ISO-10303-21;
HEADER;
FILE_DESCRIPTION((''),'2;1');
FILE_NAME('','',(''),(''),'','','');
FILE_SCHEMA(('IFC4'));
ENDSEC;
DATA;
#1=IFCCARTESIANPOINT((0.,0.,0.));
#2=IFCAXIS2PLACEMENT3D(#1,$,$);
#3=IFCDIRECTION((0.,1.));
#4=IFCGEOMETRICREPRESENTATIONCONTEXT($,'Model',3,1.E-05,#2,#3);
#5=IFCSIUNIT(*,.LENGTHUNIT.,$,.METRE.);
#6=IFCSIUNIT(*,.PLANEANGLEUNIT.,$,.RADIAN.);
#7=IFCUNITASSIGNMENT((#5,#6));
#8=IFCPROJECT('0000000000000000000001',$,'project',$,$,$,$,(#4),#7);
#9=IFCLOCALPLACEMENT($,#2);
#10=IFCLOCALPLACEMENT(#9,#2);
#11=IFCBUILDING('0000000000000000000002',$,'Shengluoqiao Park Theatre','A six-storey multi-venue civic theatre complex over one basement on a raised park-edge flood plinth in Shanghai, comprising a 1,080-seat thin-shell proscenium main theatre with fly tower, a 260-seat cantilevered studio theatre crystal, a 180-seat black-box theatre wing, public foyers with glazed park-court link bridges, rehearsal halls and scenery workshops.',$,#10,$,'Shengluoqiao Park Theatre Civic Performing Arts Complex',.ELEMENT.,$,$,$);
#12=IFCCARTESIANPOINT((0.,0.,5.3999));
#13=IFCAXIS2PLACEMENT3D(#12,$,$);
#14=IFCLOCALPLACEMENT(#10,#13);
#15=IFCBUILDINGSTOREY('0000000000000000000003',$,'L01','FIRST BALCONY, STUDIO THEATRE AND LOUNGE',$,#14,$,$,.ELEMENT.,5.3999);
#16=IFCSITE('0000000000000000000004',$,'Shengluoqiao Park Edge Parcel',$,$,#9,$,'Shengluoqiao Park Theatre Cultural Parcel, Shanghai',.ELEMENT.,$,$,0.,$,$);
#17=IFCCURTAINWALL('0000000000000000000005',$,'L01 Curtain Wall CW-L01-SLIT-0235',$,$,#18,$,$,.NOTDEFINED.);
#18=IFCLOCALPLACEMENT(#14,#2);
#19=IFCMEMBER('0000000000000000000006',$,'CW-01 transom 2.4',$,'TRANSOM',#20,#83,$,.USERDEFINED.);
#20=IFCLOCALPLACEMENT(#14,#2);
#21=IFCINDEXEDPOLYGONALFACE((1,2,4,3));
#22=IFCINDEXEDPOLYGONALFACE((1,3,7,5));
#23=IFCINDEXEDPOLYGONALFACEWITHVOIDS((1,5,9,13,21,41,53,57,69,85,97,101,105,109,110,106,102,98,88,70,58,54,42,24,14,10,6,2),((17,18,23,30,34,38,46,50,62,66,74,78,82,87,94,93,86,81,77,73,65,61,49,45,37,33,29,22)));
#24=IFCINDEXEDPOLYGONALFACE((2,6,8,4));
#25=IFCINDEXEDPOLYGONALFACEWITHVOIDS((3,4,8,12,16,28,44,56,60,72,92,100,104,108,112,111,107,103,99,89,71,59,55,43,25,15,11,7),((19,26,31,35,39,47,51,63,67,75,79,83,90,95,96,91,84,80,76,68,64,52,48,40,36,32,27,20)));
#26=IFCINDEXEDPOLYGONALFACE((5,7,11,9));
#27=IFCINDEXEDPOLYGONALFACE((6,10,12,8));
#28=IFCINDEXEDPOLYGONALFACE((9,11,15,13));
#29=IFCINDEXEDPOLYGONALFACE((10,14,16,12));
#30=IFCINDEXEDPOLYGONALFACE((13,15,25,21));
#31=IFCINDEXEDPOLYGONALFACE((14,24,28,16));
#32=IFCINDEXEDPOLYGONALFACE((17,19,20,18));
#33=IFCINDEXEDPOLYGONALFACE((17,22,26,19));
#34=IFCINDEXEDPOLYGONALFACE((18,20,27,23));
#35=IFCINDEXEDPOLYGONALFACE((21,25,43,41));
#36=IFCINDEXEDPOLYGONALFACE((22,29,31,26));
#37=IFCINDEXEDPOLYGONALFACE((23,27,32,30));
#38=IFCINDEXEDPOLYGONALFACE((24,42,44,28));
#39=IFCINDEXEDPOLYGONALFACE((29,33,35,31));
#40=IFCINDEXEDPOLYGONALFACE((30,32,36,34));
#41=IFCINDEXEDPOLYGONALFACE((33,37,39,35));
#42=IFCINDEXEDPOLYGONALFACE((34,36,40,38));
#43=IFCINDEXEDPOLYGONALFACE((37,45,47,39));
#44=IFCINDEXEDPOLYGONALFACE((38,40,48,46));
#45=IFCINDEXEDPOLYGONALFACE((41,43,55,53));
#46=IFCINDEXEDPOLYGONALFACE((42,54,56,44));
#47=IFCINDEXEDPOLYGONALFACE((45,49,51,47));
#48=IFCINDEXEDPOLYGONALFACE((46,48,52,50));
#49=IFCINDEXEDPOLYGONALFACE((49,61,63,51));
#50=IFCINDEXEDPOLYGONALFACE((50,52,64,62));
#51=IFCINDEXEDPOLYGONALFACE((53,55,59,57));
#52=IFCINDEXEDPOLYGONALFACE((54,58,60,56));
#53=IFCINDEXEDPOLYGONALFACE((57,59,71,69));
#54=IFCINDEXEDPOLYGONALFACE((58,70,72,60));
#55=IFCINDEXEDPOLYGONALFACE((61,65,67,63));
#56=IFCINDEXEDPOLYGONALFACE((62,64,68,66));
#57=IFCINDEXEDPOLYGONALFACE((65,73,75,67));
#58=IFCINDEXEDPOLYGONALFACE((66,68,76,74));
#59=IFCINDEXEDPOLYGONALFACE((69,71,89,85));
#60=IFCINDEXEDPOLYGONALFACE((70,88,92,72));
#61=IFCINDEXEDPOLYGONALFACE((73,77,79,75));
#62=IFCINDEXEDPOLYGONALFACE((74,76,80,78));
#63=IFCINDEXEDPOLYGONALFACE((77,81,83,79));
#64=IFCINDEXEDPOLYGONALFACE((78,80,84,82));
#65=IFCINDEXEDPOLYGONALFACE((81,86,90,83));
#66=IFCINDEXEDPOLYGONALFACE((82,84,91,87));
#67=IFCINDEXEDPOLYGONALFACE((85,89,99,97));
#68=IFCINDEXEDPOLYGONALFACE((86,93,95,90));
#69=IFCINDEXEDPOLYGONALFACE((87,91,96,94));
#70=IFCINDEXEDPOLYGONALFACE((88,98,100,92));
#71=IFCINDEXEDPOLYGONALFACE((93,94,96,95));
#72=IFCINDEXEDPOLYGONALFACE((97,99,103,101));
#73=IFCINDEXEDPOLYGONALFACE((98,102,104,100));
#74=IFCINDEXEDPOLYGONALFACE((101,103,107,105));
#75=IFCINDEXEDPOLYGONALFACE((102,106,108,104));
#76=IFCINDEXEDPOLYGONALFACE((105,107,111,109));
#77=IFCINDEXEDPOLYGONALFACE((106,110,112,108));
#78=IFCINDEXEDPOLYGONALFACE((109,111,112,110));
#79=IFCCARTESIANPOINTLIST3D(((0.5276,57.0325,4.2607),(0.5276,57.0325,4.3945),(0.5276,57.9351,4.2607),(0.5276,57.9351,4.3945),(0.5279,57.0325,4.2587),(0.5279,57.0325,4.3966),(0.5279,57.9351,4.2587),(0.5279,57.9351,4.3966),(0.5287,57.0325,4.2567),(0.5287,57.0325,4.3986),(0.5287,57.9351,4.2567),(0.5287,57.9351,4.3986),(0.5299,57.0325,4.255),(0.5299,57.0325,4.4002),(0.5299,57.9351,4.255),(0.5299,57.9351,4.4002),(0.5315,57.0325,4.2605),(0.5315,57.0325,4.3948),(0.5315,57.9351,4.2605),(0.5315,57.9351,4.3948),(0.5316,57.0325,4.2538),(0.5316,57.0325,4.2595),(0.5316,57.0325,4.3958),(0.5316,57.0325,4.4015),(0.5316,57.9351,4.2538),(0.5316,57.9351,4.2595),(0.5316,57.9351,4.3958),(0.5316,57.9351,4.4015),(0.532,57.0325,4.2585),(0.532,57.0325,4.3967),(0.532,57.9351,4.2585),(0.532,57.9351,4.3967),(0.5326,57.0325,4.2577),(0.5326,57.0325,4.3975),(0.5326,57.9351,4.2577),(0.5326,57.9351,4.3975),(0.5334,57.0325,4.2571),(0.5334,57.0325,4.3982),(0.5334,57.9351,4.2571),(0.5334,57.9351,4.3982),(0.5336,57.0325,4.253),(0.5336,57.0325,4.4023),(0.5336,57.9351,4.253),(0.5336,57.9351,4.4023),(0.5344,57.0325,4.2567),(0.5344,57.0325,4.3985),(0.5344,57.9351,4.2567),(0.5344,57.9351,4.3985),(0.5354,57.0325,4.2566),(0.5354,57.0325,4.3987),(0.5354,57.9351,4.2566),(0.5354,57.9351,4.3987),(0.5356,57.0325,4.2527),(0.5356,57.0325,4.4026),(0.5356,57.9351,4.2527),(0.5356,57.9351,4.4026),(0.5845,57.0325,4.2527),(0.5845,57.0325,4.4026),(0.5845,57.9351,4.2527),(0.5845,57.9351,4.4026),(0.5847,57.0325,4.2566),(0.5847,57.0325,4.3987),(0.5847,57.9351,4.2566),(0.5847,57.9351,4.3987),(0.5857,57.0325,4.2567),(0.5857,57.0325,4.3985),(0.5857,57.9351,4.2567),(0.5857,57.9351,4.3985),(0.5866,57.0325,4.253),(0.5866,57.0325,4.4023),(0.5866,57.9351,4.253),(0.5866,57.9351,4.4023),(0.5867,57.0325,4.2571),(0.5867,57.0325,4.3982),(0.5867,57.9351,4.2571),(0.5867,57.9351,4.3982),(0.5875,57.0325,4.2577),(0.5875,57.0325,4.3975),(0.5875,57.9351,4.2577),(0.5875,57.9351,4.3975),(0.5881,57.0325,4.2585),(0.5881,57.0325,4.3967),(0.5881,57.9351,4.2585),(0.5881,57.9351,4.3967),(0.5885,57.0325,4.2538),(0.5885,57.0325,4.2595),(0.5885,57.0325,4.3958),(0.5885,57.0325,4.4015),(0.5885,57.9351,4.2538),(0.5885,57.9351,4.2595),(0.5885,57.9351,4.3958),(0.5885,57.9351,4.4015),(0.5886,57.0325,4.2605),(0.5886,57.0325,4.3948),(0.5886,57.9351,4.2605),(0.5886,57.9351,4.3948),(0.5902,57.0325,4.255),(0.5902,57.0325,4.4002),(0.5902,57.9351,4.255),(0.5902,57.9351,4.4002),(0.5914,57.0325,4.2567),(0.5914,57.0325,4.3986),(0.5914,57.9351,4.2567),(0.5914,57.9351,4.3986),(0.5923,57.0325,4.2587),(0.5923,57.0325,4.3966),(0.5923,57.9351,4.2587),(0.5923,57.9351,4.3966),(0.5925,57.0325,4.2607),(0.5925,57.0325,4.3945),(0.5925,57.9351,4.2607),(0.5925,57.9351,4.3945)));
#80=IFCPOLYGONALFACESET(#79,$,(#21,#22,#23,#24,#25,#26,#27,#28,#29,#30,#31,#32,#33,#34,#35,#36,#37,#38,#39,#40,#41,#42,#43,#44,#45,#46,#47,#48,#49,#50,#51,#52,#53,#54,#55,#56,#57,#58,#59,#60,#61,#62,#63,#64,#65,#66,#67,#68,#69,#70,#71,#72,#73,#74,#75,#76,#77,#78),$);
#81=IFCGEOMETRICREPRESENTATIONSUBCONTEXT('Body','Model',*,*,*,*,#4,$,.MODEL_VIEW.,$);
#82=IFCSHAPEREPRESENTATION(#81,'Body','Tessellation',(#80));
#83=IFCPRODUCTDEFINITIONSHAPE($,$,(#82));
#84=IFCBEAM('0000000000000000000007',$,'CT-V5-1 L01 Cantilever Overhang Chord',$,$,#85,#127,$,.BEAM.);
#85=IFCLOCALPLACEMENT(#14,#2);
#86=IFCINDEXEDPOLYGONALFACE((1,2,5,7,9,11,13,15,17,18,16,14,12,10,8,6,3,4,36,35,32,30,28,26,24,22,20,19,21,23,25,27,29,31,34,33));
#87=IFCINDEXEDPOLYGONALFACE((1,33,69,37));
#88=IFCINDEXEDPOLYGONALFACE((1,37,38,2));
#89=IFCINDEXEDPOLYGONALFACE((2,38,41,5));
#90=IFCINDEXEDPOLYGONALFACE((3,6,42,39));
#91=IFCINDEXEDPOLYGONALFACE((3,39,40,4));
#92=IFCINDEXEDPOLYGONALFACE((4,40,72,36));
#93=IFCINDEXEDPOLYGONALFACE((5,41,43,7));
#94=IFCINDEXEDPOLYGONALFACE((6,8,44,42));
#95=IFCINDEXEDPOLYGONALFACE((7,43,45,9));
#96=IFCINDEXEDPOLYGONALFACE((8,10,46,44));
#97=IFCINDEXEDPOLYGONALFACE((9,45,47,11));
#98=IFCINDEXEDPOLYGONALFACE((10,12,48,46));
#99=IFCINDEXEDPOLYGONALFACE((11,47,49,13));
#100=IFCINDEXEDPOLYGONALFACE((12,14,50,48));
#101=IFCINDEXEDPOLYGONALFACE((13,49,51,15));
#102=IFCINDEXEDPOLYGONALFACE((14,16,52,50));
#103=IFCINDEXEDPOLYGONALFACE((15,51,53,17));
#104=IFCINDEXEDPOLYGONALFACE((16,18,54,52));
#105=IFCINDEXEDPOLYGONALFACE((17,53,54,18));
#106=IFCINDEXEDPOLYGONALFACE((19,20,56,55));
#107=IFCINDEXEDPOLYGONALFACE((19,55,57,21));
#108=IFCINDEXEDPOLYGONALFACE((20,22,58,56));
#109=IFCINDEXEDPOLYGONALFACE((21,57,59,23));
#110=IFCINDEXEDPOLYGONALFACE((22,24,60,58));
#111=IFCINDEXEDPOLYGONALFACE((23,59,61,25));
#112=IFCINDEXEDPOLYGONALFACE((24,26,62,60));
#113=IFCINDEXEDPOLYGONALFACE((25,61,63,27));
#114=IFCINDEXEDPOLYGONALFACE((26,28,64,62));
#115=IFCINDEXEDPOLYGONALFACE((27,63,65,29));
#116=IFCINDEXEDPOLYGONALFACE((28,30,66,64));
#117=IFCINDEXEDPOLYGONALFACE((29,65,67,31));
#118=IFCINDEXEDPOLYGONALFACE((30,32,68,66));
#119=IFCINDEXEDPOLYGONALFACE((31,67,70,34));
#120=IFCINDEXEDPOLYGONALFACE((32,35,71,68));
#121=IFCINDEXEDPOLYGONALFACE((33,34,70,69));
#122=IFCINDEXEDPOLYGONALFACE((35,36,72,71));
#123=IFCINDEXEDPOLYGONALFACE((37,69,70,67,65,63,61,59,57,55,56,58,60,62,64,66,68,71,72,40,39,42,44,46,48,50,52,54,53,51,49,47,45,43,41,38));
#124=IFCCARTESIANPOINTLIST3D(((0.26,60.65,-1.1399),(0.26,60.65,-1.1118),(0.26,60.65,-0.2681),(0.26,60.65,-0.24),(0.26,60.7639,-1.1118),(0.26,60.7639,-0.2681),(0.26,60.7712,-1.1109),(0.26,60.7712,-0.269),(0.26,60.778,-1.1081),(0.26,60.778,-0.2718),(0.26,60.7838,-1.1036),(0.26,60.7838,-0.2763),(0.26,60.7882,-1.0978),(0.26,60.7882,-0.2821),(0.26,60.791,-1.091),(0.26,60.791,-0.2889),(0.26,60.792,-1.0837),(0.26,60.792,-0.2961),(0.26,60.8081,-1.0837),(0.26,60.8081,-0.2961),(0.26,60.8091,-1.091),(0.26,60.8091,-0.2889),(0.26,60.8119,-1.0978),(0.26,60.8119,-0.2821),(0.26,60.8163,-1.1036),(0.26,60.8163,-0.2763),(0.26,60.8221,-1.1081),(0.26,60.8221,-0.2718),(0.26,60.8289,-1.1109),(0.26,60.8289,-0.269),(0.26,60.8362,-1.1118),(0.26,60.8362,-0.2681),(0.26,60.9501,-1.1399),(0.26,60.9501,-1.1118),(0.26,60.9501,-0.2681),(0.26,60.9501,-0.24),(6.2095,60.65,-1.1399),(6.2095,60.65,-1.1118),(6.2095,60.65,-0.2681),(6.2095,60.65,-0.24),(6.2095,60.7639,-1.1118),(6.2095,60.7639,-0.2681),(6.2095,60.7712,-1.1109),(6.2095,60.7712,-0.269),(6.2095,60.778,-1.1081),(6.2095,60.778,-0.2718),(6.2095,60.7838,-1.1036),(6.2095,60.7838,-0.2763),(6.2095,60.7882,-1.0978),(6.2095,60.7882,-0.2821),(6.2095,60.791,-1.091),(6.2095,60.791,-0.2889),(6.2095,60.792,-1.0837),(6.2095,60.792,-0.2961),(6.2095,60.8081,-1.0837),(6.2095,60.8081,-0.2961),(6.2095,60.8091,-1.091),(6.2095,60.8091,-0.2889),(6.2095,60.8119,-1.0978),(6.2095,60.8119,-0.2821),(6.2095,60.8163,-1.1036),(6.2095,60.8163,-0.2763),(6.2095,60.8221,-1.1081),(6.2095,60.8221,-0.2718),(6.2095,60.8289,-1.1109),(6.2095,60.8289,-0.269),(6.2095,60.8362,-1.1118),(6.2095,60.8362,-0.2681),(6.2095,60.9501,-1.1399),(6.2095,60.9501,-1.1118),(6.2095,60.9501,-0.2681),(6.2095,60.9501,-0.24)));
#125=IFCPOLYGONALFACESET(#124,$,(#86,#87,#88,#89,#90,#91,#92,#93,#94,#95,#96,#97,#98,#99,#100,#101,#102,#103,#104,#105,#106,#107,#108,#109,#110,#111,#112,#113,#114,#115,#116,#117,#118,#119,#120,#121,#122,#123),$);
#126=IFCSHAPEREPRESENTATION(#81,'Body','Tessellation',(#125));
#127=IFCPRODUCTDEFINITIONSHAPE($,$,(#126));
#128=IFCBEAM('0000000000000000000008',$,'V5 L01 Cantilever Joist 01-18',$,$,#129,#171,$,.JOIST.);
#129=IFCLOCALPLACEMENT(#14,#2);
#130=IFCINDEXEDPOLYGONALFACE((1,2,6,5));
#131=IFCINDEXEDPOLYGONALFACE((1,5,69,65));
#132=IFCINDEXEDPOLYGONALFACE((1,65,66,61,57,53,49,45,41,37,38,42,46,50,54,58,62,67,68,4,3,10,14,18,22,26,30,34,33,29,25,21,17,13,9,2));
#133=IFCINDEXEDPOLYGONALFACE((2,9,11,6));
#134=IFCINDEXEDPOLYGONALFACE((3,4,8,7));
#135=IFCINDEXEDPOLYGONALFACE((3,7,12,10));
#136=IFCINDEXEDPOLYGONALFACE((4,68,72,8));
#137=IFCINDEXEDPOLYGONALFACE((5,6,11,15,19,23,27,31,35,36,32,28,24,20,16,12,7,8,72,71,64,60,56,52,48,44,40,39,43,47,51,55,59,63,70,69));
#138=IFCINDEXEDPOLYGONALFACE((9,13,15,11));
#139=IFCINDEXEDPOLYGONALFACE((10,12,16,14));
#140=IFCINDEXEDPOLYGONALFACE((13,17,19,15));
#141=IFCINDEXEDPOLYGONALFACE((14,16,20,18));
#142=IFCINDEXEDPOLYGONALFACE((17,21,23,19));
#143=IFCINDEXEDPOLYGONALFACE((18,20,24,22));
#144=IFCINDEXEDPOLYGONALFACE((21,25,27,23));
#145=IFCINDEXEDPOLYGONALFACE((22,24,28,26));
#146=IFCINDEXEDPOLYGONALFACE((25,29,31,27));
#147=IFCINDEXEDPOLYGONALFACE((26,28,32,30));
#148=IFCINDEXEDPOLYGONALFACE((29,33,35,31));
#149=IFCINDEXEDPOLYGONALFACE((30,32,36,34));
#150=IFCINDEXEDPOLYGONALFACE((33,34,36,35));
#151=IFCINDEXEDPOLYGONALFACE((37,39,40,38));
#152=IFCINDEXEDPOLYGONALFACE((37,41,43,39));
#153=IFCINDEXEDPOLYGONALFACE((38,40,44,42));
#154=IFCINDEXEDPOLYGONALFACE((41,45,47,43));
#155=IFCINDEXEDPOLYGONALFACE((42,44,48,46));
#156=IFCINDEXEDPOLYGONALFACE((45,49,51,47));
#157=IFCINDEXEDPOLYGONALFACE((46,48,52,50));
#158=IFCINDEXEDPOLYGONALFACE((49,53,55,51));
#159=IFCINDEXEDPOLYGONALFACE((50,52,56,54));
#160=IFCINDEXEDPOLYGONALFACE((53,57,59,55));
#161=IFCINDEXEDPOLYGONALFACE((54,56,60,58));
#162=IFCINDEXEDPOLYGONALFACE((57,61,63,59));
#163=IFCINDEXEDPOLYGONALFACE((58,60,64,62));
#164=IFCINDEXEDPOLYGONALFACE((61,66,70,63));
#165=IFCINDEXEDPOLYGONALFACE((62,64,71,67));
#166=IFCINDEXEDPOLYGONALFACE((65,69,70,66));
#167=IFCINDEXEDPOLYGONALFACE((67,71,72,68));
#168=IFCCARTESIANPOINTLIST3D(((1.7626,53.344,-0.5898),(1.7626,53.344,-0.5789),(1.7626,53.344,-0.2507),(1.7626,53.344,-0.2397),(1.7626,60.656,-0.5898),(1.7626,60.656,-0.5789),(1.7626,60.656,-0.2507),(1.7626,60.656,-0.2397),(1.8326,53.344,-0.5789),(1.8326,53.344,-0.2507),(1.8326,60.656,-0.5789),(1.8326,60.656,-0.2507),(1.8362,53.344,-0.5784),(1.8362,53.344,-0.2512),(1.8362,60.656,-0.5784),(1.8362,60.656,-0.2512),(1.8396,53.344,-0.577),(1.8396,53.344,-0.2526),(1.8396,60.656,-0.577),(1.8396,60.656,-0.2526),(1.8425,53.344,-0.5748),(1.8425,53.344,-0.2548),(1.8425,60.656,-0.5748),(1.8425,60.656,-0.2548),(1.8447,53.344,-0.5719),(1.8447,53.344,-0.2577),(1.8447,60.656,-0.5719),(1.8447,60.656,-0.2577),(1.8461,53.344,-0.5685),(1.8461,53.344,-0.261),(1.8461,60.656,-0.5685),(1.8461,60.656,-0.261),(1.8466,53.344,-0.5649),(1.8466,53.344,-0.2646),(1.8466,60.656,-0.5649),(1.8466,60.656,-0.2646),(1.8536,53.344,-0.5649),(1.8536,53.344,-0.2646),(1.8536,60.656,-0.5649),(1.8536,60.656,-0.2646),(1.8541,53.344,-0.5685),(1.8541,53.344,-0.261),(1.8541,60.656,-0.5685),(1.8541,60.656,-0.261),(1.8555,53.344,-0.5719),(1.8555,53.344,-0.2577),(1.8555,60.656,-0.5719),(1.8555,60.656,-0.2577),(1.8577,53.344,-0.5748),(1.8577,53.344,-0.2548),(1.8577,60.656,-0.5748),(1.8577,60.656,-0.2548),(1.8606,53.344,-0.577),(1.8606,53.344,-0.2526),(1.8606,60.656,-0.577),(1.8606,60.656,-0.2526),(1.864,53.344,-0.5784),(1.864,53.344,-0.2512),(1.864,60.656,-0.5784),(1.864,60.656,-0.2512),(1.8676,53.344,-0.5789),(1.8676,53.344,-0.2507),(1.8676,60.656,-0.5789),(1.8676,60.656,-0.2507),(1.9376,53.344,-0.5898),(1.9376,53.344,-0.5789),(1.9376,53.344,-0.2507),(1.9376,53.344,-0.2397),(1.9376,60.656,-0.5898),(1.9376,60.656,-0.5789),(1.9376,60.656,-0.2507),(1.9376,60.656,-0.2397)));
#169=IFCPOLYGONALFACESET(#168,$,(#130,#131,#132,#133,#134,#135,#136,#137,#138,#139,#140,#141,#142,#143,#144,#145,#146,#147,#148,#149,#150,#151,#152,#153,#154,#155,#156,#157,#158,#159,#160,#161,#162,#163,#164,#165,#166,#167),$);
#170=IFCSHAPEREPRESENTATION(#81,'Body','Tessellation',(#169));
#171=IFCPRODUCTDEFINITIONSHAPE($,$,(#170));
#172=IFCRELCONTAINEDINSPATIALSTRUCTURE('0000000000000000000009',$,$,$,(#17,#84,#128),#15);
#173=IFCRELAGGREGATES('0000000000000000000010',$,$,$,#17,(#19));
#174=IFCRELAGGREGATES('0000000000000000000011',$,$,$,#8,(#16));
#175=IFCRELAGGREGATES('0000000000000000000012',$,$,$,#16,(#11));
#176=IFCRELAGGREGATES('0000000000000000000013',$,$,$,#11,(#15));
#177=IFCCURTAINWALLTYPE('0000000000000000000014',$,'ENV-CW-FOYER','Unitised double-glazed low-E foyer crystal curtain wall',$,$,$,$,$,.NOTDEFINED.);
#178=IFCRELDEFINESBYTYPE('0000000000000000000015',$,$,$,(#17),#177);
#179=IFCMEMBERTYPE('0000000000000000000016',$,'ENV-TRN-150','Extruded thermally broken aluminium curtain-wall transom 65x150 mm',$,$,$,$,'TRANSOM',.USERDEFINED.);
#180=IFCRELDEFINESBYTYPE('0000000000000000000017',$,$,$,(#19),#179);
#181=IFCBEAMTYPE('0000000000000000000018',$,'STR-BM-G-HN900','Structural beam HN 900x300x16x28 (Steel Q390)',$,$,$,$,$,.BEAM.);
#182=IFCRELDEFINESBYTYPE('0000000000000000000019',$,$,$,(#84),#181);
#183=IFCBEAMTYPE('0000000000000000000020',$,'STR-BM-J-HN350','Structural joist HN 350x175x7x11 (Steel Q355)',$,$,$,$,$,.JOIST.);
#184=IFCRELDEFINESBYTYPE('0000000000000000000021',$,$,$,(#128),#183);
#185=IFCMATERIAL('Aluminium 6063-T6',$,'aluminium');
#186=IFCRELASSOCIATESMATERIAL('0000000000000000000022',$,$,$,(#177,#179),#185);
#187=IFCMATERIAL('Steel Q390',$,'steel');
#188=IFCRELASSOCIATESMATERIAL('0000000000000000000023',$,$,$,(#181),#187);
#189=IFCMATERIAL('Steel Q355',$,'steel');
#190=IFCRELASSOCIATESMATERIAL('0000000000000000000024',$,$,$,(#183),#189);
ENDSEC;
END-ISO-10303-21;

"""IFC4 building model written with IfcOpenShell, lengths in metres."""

from ifc_helpers import new_model, si_unit, direction, frame, origin, origin_2d, place, context, subcontext, project, spatial, hollow_rectangle, i_section, extrude, material, material_profile, profile_set, type_object, element, aggregate, save


model = new_model("IFC4")

# Units and contexts
model_context = context("Model", 3, precision=1e-05, world=origin(), true_north=direction((0.0, 1.0)))
body_context = subcontext(model_context, "Body", "Model", "MODEL_VIEW")
ifc_project = project(units=[si_unit("LENGTHUNIT", "METRE"), si_unit("PLANEANGLEUNIT", "RADIAN")], contexts=[model_context])

# Site, building, storey
site_placement = place(None, origin())
site = spatial("IfcSite", under=ifc_project, at=site_placement, Name="Shengluoqiao Park Edge Parcel", LongName="Shengluoqiao Park Theatre Cultural Parcel, Shanghai", CompositionType="ELEMENT", RefElevation=0.0)
building_placement = place(site_placement, origin())
building = spatial("IfcBuilding", under=site, at=building_placement, Name="Shengluoqiao Park Theatre", Description="A six-storey multi-venue civic theatre complex over one basement on a raised park-edge flood plinth in Shanghai, comprising a 1,080-seat thin-shell proscenium main theatre with fly tower, a 260-seat cantilevered studio theatre crystal, a 180-seat black-box theatre wing, public foyers with glazed park-court link bridges, rehearsal halls and scenery workshops.", LongName="Shengluoqiao Park Theatre Civic Performing Arts Complex", CompositionType="ELEMENT")
storey_placement = place(building_placement, frame((0.0, 0.0, 5.3999)))
storey = spatial("IfcBuildingStorey", under=building, at=storey_placement, Name="L01", Description="FIRST BALCONY, STUDIO THEATRE AND LOUNGE", CompositionType="ELEMENT", Elevation=5.3999)

# Curtain wall, member
ifc_material_1 = material(Name="Aluminium 6063-T6", Category="aluminium")
curtain_wall_type = type_object("IfcCurtainWallType", Name="ENV-CW-FOYER", Description="Unitised double-glazed low-E foyer crystal curtain wall", PredefinedType="NOTDEFINED", material=ifc_material_1)
curtain_wall_placement = place(storey_placement, origin())
curtain_wall = element("IfcCurtainWall", 1, at=curtain_wall_placement, inside=storey, type_object=curtain_wall_type, Name="L01 Curtain Wall CW-L01-SLIT-0235", PredefinedType="NOTDEFINED")
ifc_material_profile_1 = material_profile(ifc_material_1, hollow_rectangle(XDim=0.0649, YDim=0.1499, WallThickness=0.0039, InnerFilletRadius=0.0039, OuterFilletRadius=0.0081, at=origin_2d()), Name="ALU TRANSOM 150x65x4")
ifc_profile_set_1 = profile_set([ifc_material_profile_1], Name="Aluminium 6063-T6")
member_type_1 = type_object("IfcMemberType", Name="ENV-TRN-150", Description="Extruded thermally broken aluminium curtain-wall transom 65x150 mm", ElementType="TRANSOM", PredefinedType="USERDEFINED", material=ifc_profile_set_1)
member_1_placement = place(storey_placement, frame((0.5601, 57.0325, 4.3276), z_axis=(0.0, 1.0, 0.0), x_axis=(-1.0, 0.0, 0.0)))
member_1 = element("IfcMember", 2, at=member_1_placement, type_object=member_type_1, Name="CW-01 transom 2.4", ObjectType="TRANSOM", PredefinedType="USERDEFINED", context=body_context, shape_type="SweptSolid", body=[
    extrude(hollow_rectangle(XDim=0.0649, YDim=0.1499, WallThickness=0.0039, InnerFilletRadius=0.0039, OuterFilletRadius=0.0081, at=origin_2d()), origin(), (0.0, 0.0, 1.0), 0.9026),
])

# Beams
ifc_material_2 = material(Name="Steel Q390", Category="steel")
ifc_material_profile_2 = material_profile(ifc_material_2, i_section(OverallWidth=0.3, OverallDepth=0.8999, WebThickness=0.0161, FlangeThickness=0.0281, FilletRadius=0.0281, at=origin_2d()), Name="HN 900x300x16x28")
ifc_profile_set_2 = profile_set([ifc_material_profile_2], Name="Steel Q390")
beam_type_1 = type_object("IfcBeamType", Name="STR-BM-G-HN900", Description="Structural beam HN 900x300x16x28 (Steel Q390)", PredefinedType="BEAM", material=ifc_profile_set_2)
beam_1_placement = place(storey_placement, frame((0.26, 60.8, -0.6899), z_axis=(1.0, 0.0, 0.0), x_axis=(0.0, 1.0, 0.0)))
element("IfcBeam", 3, at=beam_1_placement, inside=storey, type_object=beam_type_1, Name="CT-V5-1 L01 Cantilever Overhang Chord", PredefinedType="BEAM", context=body_context, shape_type="SweptSolid", body=[
    extrude(i_section(OverallWidth=0.3, OverallDepth=0.8999, WebThickness=0.0161, FlangeThickness=0.0281, FilletRadius=0.0281, at=origin_2d()), origin(), (0.0, 0.0, 1.0), 5.9495),
])
ifc_material_3 = material(Name="Steel Q355", Category="steel")
ifc_material_profile_3 = material_profile(ifc_material_3, i_section(OverallWidth=0.175, OverallDepth=0.3501, WebThickness=0.0071, FlangeThickness=0.011, FilletRadius=0.0139, at=origin_2d()), Name="HN 350x175x7x11")
ifc_profile_set_3 = profile_set([ifc_material_profile_3], Name="Steel Q355")
beam_type_2 = type_object("IfcBeamType", Name="STR-BM-J-HN350", Description="Structural joist HN 350x175x7x11 (Steel Q355)", PredefinedType="JOIST", material=ifc_profile_set_3)
beam_2_placement = place(storey_placement, frame((1.8501, 53.344, -0.4148), z_axis=(0.0, 1.0, 0.0), x_axis=(-1.0, 0.0, 0.0)))
element("IfcBeam", 4, at=beam_2_placement, inside=storey, type_object=beam_type_2, Name="V5 L01 Cantilever Joist 01-18", PredefinedType="JOIST", context=body_context, shape_type="SweptSolid", body=[
    extrude(i_section(OverallWidth=0.175, OverallDepth=0.3501, WebThickness=0.0071, FlangeThickness=0.011, FilletRadius=0.0139, at=origin_2d()), origin(), (0.0, 0.0, 1.0), 7.312),
])

aggregate(curtain_wall, [member_1])

save(model, "model.ifc")
